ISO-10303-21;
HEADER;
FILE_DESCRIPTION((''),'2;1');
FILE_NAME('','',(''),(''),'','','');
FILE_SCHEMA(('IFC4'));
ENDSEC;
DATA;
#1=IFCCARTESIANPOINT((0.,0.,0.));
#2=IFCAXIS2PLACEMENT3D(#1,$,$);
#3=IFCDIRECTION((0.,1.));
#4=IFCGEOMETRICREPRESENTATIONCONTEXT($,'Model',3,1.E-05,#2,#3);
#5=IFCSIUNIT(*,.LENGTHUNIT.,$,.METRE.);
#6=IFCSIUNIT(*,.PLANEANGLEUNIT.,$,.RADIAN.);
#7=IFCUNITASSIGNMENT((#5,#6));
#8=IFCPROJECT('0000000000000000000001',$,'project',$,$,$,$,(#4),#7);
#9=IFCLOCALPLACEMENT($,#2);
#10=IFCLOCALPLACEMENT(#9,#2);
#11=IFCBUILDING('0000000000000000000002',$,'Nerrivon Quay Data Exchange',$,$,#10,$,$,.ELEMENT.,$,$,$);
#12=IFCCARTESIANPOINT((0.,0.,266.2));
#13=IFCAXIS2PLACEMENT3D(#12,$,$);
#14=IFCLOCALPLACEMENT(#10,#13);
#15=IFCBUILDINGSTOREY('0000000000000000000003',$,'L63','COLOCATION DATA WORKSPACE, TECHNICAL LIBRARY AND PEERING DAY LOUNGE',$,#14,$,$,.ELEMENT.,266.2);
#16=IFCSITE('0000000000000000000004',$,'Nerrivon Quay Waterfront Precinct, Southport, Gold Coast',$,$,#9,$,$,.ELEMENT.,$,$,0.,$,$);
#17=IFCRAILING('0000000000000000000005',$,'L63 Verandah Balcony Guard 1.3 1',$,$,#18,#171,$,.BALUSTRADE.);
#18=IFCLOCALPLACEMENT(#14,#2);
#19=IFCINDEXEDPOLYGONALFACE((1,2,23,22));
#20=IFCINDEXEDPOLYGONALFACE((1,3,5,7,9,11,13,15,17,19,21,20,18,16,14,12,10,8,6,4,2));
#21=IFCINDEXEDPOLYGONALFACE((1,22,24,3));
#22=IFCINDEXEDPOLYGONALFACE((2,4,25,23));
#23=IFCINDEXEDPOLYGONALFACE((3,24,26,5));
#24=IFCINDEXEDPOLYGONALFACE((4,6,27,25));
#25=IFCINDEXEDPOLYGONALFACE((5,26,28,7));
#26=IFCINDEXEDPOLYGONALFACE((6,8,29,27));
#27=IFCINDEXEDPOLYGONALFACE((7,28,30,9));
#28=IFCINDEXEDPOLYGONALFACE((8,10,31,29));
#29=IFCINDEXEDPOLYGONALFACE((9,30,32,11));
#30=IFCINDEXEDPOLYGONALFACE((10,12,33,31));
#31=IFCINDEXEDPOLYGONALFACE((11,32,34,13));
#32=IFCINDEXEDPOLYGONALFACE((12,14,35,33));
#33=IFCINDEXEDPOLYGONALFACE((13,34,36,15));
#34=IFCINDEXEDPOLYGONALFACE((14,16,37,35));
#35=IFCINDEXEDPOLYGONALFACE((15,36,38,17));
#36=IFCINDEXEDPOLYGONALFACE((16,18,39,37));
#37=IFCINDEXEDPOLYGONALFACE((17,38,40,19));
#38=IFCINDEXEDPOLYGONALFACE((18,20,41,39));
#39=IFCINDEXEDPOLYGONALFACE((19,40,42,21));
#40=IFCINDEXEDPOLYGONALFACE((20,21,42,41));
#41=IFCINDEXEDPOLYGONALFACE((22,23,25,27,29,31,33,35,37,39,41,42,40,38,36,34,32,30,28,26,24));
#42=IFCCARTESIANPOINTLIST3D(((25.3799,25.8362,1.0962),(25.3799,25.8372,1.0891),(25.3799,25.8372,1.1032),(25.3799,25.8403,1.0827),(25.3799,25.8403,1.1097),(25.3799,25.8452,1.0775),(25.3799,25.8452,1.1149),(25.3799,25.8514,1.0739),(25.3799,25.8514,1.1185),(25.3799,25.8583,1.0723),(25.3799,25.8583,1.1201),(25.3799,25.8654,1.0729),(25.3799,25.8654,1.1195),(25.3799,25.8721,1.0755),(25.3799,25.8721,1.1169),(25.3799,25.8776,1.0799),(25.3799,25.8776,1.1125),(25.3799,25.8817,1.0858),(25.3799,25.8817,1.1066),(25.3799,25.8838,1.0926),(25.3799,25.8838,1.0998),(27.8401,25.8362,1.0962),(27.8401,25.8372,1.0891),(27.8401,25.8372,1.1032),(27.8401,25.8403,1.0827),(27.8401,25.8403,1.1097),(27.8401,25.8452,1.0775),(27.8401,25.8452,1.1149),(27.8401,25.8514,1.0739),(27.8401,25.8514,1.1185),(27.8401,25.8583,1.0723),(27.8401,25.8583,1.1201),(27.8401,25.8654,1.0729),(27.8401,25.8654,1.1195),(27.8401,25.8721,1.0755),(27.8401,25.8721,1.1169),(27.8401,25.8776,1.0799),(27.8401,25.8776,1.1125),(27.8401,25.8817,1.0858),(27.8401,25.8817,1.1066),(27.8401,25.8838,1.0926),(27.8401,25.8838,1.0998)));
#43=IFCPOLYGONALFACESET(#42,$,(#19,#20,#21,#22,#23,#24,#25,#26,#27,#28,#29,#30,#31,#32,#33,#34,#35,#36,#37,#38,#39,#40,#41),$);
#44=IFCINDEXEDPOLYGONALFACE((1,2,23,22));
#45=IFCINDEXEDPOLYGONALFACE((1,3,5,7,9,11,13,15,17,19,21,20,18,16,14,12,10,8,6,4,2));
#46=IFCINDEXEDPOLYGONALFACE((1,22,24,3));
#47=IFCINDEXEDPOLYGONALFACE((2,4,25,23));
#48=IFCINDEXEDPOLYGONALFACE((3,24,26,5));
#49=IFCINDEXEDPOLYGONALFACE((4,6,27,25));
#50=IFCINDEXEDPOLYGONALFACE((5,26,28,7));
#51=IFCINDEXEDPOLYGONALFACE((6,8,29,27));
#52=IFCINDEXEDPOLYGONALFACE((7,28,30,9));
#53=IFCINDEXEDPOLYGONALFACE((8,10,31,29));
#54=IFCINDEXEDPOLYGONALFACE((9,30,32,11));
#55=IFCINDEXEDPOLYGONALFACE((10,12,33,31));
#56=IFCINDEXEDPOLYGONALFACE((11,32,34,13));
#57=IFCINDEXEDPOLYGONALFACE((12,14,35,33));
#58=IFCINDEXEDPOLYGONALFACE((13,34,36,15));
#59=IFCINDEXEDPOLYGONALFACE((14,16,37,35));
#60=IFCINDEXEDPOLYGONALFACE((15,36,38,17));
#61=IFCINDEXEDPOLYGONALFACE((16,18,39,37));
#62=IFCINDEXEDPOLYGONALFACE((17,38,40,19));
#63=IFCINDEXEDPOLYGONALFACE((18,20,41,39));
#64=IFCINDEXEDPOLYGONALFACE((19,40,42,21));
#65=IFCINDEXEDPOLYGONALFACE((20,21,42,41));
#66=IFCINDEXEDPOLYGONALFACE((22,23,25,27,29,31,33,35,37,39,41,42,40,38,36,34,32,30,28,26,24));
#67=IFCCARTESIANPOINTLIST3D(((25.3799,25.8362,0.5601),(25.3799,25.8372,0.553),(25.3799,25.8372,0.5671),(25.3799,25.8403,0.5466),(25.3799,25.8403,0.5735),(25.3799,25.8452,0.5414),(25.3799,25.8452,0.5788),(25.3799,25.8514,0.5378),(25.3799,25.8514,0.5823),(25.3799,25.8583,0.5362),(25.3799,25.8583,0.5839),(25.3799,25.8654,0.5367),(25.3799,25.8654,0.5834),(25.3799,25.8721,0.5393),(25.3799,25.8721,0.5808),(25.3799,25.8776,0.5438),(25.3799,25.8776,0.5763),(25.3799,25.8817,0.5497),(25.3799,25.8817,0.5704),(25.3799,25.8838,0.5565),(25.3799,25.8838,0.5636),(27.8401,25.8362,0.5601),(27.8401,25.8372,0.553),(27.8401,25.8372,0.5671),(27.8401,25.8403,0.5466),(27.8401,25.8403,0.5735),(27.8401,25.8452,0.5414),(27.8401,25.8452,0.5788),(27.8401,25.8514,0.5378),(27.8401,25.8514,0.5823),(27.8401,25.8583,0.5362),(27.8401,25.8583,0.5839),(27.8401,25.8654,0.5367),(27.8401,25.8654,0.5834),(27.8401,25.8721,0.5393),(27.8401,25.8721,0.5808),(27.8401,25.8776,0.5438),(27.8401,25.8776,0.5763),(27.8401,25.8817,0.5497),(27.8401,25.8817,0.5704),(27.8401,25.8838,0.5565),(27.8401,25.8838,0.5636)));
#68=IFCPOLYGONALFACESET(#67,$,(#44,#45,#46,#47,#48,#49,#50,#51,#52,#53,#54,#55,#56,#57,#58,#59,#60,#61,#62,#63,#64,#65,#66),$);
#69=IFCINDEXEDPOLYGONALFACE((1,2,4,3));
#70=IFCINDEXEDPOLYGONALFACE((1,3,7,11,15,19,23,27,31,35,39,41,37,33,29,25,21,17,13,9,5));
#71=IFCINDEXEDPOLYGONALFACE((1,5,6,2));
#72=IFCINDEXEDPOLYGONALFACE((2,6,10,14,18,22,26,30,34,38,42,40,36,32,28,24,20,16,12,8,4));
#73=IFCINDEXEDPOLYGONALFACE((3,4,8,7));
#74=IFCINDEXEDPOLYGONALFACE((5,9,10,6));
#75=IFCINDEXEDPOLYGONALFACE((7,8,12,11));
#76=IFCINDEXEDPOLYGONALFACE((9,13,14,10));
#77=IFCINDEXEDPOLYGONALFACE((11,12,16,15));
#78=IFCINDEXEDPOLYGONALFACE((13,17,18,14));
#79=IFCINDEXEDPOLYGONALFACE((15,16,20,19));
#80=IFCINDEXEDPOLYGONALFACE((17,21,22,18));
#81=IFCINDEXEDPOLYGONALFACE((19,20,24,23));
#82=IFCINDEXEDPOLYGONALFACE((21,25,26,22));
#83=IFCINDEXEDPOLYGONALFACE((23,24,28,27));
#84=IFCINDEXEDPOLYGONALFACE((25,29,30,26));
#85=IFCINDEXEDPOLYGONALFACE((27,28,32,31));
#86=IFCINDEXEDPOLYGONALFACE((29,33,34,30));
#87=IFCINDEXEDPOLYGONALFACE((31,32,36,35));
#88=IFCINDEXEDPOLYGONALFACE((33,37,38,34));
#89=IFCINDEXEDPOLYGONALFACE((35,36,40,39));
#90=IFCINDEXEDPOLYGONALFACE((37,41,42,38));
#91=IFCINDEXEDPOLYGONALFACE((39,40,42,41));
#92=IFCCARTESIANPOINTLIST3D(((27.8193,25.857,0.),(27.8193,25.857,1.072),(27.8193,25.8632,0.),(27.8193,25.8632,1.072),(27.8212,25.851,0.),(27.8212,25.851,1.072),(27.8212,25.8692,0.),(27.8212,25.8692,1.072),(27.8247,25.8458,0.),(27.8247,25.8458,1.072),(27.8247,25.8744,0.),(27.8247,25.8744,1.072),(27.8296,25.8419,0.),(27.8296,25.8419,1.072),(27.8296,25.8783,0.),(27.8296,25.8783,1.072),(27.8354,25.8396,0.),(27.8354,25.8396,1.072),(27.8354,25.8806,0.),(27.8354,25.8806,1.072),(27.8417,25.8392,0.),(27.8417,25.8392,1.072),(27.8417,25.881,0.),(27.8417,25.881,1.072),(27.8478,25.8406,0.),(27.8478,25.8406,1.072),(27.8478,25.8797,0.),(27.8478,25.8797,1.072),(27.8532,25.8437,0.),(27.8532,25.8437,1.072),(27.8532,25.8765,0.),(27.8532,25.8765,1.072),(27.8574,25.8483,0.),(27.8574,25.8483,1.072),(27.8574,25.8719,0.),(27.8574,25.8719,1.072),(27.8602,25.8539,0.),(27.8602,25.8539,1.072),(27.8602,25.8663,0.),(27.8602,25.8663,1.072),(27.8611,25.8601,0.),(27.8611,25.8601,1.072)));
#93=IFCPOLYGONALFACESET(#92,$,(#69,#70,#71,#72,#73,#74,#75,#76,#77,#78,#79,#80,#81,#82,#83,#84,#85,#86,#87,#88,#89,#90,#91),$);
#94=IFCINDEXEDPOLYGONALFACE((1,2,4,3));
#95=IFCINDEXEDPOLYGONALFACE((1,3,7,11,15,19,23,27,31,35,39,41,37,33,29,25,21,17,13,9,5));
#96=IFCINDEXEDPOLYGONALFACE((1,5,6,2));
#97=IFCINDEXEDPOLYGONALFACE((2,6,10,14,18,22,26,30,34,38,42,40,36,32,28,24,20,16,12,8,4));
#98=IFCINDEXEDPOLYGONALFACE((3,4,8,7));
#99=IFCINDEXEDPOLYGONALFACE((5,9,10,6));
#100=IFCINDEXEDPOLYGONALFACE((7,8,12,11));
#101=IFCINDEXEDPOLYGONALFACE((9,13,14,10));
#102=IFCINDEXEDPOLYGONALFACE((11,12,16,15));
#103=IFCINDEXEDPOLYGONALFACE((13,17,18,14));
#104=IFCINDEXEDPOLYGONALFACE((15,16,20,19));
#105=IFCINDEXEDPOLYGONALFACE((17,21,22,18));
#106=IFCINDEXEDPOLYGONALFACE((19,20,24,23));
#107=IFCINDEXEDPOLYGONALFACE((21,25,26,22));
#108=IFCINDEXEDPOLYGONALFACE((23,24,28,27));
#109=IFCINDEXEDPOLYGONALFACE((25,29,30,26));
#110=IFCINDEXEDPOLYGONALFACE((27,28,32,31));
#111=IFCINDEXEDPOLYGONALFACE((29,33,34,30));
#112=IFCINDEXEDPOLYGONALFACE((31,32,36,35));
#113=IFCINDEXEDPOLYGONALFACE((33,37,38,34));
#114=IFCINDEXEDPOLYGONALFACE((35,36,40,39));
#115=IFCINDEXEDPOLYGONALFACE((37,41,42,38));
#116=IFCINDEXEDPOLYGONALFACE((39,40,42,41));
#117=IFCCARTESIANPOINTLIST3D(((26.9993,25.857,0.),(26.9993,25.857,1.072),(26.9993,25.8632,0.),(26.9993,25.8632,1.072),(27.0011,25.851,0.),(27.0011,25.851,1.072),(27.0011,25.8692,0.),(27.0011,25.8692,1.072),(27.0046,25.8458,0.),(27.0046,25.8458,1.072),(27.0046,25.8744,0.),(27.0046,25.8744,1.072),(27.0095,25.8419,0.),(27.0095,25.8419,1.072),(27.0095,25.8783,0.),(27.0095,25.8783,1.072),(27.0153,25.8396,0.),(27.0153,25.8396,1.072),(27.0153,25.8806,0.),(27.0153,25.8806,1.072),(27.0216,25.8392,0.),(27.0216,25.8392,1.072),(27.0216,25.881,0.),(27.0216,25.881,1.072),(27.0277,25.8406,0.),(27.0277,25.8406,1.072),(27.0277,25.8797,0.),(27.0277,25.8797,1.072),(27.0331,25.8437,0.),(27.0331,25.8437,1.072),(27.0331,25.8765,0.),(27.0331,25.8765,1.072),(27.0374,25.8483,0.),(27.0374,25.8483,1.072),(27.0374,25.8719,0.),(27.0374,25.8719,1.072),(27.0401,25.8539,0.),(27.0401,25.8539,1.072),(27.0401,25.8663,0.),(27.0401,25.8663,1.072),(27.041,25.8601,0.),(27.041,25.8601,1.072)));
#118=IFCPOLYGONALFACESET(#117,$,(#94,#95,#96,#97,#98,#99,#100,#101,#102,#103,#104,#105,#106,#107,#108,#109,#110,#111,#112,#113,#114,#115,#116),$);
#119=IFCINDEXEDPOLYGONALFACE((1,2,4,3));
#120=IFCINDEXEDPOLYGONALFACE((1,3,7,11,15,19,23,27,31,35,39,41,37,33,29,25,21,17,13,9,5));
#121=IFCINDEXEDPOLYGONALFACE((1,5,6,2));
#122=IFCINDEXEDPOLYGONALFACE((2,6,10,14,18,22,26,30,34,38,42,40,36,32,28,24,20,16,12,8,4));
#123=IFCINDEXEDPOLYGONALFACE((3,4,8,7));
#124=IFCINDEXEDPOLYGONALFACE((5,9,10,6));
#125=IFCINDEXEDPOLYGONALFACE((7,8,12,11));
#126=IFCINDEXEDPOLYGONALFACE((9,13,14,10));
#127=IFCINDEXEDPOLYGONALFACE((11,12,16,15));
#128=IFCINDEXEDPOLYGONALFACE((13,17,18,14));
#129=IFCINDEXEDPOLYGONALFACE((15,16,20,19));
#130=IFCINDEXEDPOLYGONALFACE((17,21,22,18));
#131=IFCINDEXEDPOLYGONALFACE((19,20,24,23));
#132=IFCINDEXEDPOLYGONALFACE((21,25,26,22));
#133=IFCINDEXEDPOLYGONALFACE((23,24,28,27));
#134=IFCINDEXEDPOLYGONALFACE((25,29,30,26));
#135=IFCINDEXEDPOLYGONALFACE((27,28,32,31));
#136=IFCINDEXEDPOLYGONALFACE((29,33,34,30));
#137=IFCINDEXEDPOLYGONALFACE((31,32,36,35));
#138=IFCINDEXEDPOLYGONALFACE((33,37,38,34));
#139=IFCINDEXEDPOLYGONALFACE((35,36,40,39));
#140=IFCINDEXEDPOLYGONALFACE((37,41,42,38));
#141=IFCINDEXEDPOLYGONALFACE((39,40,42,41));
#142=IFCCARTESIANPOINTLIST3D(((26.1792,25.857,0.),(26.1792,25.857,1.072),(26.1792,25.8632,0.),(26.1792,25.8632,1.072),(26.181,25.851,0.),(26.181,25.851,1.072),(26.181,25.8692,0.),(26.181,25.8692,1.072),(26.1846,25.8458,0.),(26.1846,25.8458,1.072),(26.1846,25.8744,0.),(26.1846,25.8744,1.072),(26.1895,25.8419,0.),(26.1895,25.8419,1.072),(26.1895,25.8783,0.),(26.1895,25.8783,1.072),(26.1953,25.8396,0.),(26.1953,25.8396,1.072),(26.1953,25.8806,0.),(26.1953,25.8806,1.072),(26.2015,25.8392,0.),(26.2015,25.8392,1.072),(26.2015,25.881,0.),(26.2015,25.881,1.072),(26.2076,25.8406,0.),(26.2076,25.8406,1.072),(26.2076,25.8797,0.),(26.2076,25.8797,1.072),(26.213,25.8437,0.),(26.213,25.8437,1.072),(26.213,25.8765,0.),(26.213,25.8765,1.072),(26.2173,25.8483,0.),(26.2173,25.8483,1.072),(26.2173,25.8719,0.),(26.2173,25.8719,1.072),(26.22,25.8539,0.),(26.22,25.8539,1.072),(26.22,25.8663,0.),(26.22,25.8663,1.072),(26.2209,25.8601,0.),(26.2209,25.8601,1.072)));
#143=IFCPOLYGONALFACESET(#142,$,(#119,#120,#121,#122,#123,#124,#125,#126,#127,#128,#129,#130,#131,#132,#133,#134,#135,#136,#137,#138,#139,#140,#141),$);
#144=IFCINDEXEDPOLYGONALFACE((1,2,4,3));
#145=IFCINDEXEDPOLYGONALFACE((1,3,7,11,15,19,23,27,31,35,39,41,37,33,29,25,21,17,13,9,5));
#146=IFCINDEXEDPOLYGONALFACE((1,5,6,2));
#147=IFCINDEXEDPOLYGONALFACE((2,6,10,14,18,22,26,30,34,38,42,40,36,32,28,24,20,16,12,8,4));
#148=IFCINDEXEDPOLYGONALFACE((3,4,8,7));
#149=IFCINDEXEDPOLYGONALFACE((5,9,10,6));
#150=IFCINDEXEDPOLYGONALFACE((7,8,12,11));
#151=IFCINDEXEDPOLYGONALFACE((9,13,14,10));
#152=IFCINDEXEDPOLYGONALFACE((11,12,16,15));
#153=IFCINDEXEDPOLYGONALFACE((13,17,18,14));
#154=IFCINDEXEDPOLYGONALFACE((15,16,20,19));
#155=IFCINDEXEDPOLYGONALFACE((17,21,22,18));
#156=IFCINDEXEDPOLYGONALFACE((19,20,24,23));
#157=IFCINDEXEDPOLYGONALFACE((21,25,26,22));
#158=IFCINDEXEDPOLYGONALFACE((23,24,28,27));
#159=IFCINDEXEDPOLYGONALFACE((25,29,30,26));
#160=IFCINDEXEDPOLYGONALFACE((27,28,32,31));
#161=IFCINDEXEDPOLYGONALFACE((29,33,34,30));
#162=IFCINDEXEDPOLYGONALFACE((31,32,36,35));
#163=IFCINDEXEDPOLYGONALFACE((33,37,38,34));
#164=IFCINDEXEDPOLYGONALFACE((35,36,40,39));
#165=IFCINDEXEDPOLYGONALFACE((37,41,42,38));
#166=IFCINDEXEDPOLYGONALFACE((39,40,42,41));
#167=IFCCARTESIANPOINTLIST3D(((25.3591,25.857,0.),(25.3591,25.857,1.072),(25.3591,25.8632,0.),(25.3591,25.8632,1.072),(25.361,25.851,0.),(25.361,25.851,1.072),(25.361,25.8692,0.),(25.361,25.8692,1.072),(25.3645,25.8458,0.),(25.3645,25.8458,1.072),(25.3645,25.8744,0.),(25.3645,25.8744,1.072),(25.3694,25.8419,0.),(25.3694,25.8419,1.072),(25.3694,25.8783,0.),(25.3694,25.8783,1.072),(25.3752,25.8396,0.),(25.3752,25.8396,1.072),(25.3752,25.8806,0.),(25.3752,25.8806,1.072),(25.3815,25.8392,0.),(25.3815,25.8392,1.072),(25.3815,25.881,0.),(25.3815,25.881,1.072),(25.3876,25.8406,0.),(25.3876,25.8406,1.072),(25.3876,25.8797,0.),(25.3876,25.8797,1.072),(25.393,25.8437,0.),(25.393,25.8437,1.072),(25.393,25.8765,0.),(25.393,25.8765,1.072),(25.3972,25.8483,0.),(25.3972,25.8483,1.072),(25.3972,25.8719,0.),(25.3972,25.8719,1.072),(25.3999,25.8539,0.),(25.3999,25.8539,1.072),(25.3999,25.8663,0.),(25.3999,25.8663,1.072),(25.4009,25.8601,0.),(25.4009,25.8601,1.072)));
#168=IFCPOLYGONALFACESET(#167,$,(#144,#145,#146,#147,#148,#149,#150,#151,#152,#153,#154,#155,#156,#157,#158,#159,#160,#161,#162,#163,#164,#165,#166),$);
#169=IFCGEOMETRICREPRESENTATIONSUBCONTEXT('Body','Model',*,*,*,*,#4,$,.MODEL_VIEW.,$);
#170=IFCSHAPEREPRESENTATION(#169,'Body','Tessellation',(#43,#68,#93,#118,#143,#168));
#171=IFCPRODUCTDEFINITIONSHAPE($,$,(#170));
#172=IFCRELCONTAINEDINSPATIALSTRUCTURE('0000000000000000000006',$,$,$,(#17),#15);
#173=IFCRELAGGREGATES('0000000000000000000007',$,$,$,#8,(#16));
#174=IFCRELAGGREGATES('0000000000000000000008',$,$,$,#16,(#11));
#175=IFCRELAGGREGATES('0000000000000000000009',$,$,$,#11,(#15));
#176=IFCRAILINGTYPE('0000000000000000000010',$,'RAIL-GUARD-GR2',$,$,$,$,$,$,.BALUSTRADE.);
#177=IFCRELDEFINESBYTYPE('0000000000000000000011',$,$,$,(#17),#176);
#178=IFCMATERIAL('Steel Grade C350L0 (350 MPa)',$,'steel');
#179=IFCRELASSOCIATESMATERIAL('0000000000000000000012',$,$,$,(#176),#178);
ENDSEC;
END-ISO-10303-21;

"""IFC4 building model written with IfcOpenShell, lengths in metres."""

from ifc_helpers import new_model, si_unit, direction, frame, origin, origin_2d, place, context, subcontext, project, spatial, circle, extrude, material, type_object, element, save


model = new_model("IFC4")

# Units and contexts
model_context = context("Model", 3, precision=1e-05, world=origin(), true_north=direction((0.0, 1.0)))
body_context = subcontext(model_context, "Body", "Model", "MODEL_VIEW")
ifc_project = project(units=[si_unit("LENGTHUNIT", "METRE"), si_unit("PLANEANGLEUNIT", "RADIAN")], contexts=[model_context])

# Site, building, storey
site_placement = place(None, origin())
site = spatial("IfcSite", under=ifc_project, at=site_placement, Name="Nerrivon Quay Waterfront Precinct, Southport, Gold Coast", CompositionType="ELEMENT", RefElevation=0.0)
building_placement = place(site_placement, origin())
building = spatial("IfcBuilding", under=site, at=building_placement, Name="Nerrivon Quay Data Exchange", CompositionType="ELEMENT")
storey_placement = place(building_placement, frame((0.0, 0.0, 266.2)))
storey = spatial("IfcBuildingStorey", under=building, at=storey_placement, Name="L63", Description="COLOCATION DATA WORKSPACE, TECHNICAL LIBRARY AND PEERING DAY LOUNGE", CompositionType="ELEMENT", Elevation=266.2)

# Shared definitions
ifc_material_1 = material(Name="Steel Grade C350L0 (350 MPa)", Category="steel")

# Railing
railing_type = type_object("IfcRailingType", Name="RAIL-GUARD-GR2", PredefinedType="BALUSTRADE", material=ifc_material_1)
railing_1_placement = place(storey_placement, frame((27.8401, 25.8601, 0.0)))
element("IfcRailing", 1, at=railing_1_placement, inside=storey, type_object=railing_type, Name="L63 Verandah Balcony Guard 1.3 1", PredefinedType="BALUSTRADE", context=body_context, shape_type="SweptSolid", body=[
    extrude(circle(Radius=0.0239, at=origin_2d()), frame((0.0, 0.0, 1.0962), z_axis=(-1.0, 0.0, 0.0), x_axis=(0.0, -1.0, 0.0)), (0.0, 0.0, 1.0), 2.4602),
    extrude(circle(Radius=0.0239, at=origin_2d()), frame((0.0, 0.0, 0.5601), z_axis=(-1.0, 0.0, 0.0), x_axis=(0.0, -1.0, 0.0)), (0.0, 0.0, 1.0), 2.4602),
    extrude(circle(Radius=0.021, at=origin_2d()), origin(), (0.0, 0.0, 1.0), 1.072),
    extrude(circle(Radius=0.021, at=origin_2d()), frame((-0.8201, 0.0, 0.0)), (0.0, 0.0, 1.0), 1.072),
    extrude(circle(Radius=0.021, at=origin_2d()), frame((-1.6401, 0.0, 0.0)), (0.0, 0.0, 1.0), 1.072),
    extrude(circle(Radius=0.021, at=origin_2d()), frame((-2.4602, 0.0, 0.0)), (0.0, 0.0, 1.0), 1.072),
])

save(model, "model.ifc")
